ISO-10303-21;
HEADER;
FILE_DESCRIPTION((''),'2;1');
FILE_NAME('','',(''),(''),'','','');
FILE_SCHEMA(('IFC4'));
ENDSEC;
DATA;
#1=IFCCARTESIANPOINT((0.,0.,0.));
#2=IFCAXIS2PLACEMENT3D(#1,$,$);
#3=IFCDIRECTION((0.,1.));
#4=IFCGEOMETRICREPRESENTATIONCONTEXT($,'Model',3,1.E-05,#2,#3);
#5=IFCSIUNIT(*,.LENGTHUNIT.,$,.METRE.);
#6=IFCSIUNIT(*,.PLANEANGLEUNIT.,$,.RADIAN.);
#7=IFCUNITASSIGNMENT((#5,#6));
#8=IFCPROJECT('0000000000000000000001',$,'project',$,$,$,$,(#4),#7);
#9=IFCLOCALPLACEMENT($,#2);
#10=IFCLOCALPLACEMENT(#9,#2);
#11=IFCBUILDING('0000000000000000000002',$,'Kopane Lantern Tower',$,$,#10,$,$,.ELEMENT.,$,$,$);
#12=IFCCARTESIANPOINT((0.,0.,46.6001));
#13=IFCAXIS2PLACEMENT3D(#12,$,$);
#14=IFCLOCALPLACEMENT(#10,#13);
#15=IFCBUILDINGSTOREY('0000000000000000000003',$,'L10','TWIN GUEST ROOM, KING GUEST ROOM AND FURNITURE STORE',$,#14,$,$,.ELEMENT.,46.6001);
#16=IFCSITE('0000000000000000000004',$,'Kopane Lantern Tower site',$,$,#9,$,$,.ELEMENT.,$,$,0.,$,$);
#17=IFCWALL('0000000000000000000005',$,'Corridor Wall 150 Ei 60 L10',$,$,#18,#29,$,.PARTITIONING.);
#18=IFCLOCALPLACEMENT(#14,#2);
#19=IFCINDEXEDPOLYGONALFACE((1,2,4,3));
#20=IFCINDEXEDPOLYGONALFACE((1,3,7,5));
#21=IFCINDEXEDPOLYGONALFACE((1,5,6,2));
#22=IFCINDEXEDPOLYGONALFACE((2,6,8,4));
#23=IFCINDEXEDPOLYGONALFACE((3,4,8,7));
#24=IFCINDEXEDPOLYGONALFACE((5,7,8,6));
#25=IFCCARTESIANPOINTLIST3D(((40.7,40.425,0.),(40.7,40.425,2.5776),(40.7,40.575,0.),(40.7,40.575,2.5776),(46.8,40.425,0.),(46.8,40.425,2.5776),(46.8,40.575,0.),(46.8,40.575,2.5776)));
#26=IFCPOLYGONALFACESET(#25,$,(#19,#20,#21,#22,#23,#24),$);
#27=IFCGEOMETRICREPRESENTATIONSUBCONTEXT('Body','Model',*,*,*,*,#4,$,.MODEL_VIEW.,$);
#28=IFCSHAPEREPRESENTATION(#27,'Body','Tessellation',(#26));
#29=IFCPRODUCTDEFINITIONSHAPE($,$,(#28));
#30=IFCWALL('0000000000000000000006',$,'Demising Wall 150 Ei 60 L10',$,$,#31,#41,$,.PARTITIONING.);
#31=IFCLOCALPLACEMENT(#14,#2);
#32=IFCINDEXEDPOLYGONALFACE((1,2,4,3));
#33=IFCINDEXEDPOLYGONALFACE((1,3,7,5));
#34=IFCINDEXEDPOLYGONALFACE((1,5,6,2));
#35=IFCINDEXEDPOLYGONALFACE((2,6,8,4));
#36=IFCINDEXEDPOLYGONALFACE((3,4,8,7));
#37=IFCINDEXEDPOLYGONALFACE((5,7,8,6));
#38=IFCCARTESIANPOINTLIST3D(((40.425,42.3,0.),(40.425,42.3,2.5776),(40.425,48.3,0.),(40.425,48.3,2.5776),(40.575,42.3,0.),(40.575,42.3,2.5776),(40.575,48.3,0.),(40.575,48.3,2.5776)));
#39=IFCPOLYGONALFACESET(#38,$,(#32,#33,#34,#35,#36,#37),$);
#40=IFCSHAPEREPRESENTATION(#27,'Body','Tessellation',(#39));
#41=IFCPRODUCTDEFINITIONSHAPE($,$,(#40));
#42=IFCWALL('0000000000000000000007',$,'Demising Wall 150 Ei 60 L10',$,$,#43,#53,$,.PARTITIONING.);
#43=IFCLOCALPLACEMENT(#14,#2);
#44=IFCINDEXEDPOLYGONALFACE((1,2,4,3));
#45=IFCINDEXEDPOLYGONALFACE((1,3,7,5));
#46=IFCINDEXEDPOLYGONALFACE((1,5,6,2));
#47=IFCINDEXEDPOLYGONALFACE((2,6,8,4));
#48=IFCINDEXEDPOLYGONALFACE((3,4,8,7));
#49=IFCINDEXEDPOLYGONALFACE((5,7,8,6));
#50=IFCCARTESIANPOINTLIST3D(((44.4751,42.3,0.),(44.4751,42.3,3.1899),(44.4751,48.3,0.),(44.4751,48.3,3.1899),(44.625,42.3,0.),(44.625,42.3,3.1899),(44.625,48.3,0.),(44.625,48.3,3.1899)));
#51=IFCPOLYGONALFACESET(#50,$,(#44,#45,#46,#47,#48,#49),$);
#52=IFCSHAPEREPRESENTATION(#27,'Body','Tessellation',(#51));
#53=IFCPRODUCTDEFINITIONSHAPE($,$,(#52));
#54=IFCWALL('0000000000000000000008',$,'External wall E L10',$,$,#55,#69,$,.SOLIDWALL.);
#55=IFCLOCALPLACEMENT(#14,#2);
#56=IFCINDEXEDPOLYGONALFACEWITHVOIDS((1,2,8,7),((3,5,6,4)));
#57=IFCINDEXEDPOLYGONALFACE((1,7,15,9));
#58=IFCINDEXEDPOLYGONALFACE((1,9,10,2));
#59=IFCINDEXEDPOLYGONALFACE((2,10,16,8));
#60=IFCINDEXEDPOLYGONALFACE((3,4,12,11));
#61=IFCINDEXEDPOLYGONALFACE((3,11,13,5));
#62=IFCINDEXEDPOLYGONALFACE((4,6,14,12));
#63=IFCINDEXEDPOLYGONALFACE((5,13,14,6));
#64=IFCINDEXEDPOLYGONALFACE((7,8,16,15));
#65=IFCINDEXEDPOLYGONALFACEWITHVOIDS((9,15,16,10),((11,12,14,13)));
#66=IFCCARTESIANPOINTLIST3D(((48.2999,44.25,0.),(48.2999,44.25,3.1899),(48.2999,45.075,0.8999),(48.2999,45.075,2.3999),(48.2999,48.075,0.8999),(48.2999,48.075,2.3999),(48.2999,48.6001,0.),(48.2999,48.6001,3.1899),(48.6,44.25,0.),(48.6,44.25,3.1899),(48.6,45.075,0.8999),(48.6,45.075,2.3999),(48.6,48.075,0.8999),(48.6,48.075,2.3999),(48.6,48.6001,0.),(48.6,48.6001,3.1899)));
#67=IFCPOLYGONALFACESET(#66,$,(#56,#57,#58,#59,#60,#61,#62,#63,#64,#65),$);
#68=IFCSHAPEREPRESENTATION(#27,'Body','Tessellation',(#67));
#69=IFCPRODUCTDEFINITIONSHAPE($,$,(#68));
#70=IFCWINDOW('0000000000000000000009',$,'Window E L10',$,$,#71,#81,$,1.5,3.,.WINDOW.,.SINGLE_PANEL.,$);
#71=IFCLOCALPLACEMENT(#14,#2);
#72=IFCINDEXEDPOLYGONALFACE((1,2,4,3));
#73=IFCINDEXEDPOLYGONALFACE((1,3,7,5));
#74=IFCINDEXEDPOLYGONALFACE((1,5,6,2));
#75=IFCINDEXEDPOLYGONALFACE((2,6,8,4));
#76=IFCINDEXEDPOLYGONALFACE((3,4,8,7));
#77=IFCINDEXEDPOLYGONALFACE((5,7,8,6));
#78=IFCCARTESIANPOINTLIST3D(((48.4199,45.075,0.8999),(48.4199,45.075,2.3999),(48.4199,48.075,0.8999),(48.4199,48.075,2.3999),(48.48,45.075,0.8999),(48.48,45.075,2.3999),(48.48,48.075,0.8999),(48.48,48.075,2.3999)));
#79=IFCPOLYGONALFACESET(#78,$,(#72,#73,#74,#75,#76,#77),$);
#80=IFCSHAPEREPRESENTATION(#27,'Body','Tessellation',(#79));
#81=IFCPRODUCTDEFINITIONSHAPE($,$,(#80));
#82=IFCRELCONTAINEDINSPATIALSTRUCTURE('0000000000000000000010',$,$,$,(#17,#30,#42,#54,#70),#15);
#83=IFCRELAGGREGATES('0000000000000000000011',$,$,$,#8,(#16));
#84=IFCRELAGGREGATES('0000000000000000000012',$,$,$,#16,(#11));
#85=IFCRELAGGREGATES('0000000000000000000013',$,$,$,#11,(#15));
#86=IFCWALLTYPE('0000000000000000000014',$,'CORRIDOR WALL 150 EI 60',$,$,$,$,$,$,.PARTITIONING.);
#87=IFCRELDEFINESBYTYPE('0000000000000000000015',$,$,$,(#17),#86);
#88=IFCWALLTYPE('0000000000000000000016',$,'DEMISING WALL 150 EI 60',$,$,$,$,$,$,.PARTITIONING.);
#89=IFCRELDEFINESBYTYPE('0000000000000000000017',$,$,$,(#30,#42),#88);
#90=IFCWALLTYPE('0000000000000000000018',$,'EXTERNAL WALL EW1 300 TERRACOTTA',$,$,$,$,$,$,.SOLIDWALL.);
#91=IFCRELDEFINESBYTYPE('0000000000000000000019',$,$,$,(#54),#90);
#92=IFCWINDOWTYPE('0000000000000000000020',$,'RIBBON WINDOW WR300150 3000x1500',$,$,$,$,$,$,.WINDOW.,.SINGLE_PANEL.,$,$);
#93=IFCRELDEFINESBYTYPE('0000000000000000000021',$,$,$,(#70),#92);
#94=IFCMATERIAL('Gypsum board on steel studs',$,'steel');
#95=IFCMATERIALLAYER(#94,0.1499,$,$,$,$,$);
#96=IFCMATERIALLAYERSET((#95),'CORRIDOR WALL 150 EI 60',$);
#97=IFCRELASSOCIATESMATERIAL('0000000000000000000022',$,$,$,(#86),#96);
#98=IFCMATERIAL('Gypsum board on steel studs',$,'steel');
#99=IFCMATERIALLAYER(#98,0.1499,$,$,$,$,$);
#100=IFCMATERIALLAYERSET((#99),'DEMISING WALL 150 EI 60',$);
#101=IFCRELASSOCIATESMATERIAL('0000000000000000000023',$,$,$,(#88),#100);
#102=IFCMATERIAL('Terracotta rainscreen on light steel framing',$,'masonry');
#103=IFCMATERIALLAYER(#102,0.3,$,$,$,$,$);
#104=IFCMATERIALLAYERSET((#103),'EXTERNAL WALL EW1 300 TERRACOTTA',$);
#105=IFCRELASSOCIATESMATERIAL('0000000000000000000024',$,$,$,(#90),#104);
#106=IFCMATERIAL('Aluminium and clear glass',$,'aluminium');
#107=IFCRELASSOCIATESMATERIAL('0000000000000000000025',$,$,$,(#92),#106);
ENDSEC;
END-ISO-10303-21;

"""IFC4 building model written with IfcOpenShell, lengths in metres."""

from ifc_helpers import new_model, si_unit, direction, frame, frame_2d, origin, place, context, subcontext, project, spatial, rectangle, extrude, material, layer, layer_set, type_object, element, fill, save


model = new_model("IFC4")

# Units and contexts
model_context = context("Model", 3, precision=1e-05, world=origin(), true_north=direction((0.0, 1.0)))
body_context = subcontext(model_context, "Body", "Model", "MODEL_VIEW")
ifc_project = project(units=[si_unit("LENGTHUNIT", "METRE"), si_unit("PLANEANGLEUNIT", "RADIAN")], contexts=[model_context])

# Site, building, storey
site_placement = place(None, origin())
site = spatial("IfcSite", under=ifc_project, at=site_placement, Name="Kopane Lantern Tower site", CompositionType="ELEMENT", RefElevation=0.0)
building_placement = place(site_placement, origin())
building = spatial("IfcBuilding", under=site, at=building_placement, Name="Kopane Lantern Tower", CompositionType="ELEMENT")
storey_placement = place(building_placement, frame((0.0, 0.0, 46.6001)))
storey = spatial("IfcBuildingStorey", under=building, at=storey_placement, Name="L10", Description="TWIN GUEST ROOM, KING GUEST ROOM AND FURNITURE STORE", CompositionType="ELEMENT", Elevation=46.6001)

# Walls
ifc_material_1 = material(Name="Gypsum board on steel studs", Category="steel")
ifc_layer_1 = layer(ifc_material_1, 0.1499)
ifc_layer_set_1 = layer_set([ifc_layer_1], Name="CORRIDOR WALL 150 EI 60")
wall_type_1 = type_object("IfcWallType", Name="CORRIDOR WALL 150 EI 60", PredefinedType="PARTITIONING", material=ifc_layer_set_1)
wall_1_placement = place(storey_placement, frame((46.8, 40.5, 0.0), z_axis=(0.0, 0.0, 1.0), x_axis=(-1.0, 0.0, 0.0)))
element("IfcWall", 1, at=wall_1_placement, inside=storey, type_object=wall_type_1, Name="Corridor Wall 150 Ei 60 L10", PredefinedType="PARTITIONING", context=body_context, shape_type="SweptSolid", body=[
    extrude(rectangle(XDim=6.1001, YDim=0.1499, at=frame_2d((3.05, 0.0))), origin(), (0.0, 0.0, 1.0), 2.5776),
])
ifc_material_2 = material(Name="Gypsum board on steel studs", Category="steel")
ifc_layer_2 = layer(ifc_material_2, 0.1499)
ifc_layer_set_2 = layer_set([ifc_layer_2], Name="DEMISING WALL 150 EI 60")
wall_type_2 = type_object("IfcWallType", Name="DEMISING WALL 150 EI 60", PredefinedType="PARTITIONING", material=ifc_layer_set_2)
wall_2_placement = place(storey_placement, frame((40.5, 42.3, 0.0), z_axis=(0.0, 0.0, 1.0), x_axis=(0.0, 1.0, 0.0)))
element("IfcWall", 2, at=wall_2_placement, inside=storey, type_object=wall_type_2, Name="Demising Wall 150 Ei 60 L10", PredefinedType="PARTITIONING", context=body_context, shape_type="SweptSolid", body=[
    extrude(rectangle(XDim=6.0, YDim=0.1499, at=frame_2d((3.0, 0.0))), origin(), (0.0, 0.0, 1.0), 2.5776),
])
wall_3_placement = place(storey_placement, frame((44.55, 42.3, 0.0), z_axis=(0.0, 0.0, 1.0), x_axis=(0.0, 1.0, 0.0)))
element("IfcWall", 3, at=wall_3_placement, inside=storey, type_object=wall_type_2, Name="Demising Wall 150 Ei 60 L10", PredefinedType="PARTITIONING", context=body_context, shape_type="SweptSolid", body=[
    extrude(rectangle(XDim=6.0, YDim=0.1499, at=frame_2d((3.0, 0.0))), origin(), (0.0, 0.0, 1.0), 3.1899),
])

# Wall, opening, window
ifc_material_3 = material(Name="Terracotta rainscreen on light steel framing", Category="masonry")
ifc_layer_3 = layer(ifc_material_3, 0.3)
ifc_layer_set_3 = layer_set([ifc_layer_3], Name="EXTERNAL WALL EW1 300 TERRACOTTA")
wall_type_3 = type_object("IfcWallType", Name="EXTERNAL WALL EW1 300 TERRACOTTA", PredefinedType="SOLIDWALL", material=ifc_layer_set_3)
wall_4_placement = place(storey_placement, frame((48.45, 44.25, 0.0), z_axis=(0.0, 0.0, 1.0), x_axis=(0.0, 1.0, 0.0)))
wall_4 = element("IfcWall", 4, at=wall_4_placement, inside=storey, type_object=wall_type_3, Name="External wall E L10", PredefinedType="SOLIDWALL", context=body_context, shape_type="SweptSolid", body=[
    extrude(rectangle(XDim=4.3501, YDim=0.3, at=frame_2d((2.175, 0.0))), origin(), (0.0, 0.0, 1.0), 3.1899),
])
opening_1_placement = place(wall_4_placement, frame((0.825, 0.0, 0.8999)))
opening_1 = element("IfcOpeningElement", 5, at=opening_1_placement, cuts=wall_4, PredefinedType="OPENING", context=body_context, shape_type="SweptSolid", body=[
    extrude(rectangle(XDim=3.0, YDim=1.5, at=frame_2d((1.5, 0.75))), frame((0.0, 0.1599, 0.0), z_axis=(0.0, -1.0, 0.0), x_axis=(1.0, 0.0, 0.0)), (0.0, 0.0, 1.0), 0.3201),
])
ifc_material_4 = material(Name="Aluminium and clear glass", Category="aluminium")
window_type_1 = type_object("IfcWindowType", Name="RIBBON WINDOW WR300150 3000x1500", PartitioningType="SINGLE_PANEL", PredefinedType="WINDOW", material=ifc_material_4)
window_1_placement = place(opening_1_placement, origin())
window_1 = element("IfcWindow", 6, at=window_1_placement, inside=storey, type_object=window_type_1, Name="Window E L10", OverallHeight=1.5, OverallWidth=3.0, PartitioningType="SINGLE_PANEL", PredefinedType="WINDOW", context=body_context, shape_type="SweptSolid", body=[
    extrude(rectangle(XDim=3.0, YDim=1.5, at=frame_2d((1.5, 0.75))), frame((0.0, 0.03, 0.0), z_axis=(0.0, -1.0, 0.0), x_axis=(1.0, 0.0, 0.0)), (0.0, 0.0, 1.0), 0.0601),
])
fill(opening_1, window_1)

save(model, "model.ifc")
